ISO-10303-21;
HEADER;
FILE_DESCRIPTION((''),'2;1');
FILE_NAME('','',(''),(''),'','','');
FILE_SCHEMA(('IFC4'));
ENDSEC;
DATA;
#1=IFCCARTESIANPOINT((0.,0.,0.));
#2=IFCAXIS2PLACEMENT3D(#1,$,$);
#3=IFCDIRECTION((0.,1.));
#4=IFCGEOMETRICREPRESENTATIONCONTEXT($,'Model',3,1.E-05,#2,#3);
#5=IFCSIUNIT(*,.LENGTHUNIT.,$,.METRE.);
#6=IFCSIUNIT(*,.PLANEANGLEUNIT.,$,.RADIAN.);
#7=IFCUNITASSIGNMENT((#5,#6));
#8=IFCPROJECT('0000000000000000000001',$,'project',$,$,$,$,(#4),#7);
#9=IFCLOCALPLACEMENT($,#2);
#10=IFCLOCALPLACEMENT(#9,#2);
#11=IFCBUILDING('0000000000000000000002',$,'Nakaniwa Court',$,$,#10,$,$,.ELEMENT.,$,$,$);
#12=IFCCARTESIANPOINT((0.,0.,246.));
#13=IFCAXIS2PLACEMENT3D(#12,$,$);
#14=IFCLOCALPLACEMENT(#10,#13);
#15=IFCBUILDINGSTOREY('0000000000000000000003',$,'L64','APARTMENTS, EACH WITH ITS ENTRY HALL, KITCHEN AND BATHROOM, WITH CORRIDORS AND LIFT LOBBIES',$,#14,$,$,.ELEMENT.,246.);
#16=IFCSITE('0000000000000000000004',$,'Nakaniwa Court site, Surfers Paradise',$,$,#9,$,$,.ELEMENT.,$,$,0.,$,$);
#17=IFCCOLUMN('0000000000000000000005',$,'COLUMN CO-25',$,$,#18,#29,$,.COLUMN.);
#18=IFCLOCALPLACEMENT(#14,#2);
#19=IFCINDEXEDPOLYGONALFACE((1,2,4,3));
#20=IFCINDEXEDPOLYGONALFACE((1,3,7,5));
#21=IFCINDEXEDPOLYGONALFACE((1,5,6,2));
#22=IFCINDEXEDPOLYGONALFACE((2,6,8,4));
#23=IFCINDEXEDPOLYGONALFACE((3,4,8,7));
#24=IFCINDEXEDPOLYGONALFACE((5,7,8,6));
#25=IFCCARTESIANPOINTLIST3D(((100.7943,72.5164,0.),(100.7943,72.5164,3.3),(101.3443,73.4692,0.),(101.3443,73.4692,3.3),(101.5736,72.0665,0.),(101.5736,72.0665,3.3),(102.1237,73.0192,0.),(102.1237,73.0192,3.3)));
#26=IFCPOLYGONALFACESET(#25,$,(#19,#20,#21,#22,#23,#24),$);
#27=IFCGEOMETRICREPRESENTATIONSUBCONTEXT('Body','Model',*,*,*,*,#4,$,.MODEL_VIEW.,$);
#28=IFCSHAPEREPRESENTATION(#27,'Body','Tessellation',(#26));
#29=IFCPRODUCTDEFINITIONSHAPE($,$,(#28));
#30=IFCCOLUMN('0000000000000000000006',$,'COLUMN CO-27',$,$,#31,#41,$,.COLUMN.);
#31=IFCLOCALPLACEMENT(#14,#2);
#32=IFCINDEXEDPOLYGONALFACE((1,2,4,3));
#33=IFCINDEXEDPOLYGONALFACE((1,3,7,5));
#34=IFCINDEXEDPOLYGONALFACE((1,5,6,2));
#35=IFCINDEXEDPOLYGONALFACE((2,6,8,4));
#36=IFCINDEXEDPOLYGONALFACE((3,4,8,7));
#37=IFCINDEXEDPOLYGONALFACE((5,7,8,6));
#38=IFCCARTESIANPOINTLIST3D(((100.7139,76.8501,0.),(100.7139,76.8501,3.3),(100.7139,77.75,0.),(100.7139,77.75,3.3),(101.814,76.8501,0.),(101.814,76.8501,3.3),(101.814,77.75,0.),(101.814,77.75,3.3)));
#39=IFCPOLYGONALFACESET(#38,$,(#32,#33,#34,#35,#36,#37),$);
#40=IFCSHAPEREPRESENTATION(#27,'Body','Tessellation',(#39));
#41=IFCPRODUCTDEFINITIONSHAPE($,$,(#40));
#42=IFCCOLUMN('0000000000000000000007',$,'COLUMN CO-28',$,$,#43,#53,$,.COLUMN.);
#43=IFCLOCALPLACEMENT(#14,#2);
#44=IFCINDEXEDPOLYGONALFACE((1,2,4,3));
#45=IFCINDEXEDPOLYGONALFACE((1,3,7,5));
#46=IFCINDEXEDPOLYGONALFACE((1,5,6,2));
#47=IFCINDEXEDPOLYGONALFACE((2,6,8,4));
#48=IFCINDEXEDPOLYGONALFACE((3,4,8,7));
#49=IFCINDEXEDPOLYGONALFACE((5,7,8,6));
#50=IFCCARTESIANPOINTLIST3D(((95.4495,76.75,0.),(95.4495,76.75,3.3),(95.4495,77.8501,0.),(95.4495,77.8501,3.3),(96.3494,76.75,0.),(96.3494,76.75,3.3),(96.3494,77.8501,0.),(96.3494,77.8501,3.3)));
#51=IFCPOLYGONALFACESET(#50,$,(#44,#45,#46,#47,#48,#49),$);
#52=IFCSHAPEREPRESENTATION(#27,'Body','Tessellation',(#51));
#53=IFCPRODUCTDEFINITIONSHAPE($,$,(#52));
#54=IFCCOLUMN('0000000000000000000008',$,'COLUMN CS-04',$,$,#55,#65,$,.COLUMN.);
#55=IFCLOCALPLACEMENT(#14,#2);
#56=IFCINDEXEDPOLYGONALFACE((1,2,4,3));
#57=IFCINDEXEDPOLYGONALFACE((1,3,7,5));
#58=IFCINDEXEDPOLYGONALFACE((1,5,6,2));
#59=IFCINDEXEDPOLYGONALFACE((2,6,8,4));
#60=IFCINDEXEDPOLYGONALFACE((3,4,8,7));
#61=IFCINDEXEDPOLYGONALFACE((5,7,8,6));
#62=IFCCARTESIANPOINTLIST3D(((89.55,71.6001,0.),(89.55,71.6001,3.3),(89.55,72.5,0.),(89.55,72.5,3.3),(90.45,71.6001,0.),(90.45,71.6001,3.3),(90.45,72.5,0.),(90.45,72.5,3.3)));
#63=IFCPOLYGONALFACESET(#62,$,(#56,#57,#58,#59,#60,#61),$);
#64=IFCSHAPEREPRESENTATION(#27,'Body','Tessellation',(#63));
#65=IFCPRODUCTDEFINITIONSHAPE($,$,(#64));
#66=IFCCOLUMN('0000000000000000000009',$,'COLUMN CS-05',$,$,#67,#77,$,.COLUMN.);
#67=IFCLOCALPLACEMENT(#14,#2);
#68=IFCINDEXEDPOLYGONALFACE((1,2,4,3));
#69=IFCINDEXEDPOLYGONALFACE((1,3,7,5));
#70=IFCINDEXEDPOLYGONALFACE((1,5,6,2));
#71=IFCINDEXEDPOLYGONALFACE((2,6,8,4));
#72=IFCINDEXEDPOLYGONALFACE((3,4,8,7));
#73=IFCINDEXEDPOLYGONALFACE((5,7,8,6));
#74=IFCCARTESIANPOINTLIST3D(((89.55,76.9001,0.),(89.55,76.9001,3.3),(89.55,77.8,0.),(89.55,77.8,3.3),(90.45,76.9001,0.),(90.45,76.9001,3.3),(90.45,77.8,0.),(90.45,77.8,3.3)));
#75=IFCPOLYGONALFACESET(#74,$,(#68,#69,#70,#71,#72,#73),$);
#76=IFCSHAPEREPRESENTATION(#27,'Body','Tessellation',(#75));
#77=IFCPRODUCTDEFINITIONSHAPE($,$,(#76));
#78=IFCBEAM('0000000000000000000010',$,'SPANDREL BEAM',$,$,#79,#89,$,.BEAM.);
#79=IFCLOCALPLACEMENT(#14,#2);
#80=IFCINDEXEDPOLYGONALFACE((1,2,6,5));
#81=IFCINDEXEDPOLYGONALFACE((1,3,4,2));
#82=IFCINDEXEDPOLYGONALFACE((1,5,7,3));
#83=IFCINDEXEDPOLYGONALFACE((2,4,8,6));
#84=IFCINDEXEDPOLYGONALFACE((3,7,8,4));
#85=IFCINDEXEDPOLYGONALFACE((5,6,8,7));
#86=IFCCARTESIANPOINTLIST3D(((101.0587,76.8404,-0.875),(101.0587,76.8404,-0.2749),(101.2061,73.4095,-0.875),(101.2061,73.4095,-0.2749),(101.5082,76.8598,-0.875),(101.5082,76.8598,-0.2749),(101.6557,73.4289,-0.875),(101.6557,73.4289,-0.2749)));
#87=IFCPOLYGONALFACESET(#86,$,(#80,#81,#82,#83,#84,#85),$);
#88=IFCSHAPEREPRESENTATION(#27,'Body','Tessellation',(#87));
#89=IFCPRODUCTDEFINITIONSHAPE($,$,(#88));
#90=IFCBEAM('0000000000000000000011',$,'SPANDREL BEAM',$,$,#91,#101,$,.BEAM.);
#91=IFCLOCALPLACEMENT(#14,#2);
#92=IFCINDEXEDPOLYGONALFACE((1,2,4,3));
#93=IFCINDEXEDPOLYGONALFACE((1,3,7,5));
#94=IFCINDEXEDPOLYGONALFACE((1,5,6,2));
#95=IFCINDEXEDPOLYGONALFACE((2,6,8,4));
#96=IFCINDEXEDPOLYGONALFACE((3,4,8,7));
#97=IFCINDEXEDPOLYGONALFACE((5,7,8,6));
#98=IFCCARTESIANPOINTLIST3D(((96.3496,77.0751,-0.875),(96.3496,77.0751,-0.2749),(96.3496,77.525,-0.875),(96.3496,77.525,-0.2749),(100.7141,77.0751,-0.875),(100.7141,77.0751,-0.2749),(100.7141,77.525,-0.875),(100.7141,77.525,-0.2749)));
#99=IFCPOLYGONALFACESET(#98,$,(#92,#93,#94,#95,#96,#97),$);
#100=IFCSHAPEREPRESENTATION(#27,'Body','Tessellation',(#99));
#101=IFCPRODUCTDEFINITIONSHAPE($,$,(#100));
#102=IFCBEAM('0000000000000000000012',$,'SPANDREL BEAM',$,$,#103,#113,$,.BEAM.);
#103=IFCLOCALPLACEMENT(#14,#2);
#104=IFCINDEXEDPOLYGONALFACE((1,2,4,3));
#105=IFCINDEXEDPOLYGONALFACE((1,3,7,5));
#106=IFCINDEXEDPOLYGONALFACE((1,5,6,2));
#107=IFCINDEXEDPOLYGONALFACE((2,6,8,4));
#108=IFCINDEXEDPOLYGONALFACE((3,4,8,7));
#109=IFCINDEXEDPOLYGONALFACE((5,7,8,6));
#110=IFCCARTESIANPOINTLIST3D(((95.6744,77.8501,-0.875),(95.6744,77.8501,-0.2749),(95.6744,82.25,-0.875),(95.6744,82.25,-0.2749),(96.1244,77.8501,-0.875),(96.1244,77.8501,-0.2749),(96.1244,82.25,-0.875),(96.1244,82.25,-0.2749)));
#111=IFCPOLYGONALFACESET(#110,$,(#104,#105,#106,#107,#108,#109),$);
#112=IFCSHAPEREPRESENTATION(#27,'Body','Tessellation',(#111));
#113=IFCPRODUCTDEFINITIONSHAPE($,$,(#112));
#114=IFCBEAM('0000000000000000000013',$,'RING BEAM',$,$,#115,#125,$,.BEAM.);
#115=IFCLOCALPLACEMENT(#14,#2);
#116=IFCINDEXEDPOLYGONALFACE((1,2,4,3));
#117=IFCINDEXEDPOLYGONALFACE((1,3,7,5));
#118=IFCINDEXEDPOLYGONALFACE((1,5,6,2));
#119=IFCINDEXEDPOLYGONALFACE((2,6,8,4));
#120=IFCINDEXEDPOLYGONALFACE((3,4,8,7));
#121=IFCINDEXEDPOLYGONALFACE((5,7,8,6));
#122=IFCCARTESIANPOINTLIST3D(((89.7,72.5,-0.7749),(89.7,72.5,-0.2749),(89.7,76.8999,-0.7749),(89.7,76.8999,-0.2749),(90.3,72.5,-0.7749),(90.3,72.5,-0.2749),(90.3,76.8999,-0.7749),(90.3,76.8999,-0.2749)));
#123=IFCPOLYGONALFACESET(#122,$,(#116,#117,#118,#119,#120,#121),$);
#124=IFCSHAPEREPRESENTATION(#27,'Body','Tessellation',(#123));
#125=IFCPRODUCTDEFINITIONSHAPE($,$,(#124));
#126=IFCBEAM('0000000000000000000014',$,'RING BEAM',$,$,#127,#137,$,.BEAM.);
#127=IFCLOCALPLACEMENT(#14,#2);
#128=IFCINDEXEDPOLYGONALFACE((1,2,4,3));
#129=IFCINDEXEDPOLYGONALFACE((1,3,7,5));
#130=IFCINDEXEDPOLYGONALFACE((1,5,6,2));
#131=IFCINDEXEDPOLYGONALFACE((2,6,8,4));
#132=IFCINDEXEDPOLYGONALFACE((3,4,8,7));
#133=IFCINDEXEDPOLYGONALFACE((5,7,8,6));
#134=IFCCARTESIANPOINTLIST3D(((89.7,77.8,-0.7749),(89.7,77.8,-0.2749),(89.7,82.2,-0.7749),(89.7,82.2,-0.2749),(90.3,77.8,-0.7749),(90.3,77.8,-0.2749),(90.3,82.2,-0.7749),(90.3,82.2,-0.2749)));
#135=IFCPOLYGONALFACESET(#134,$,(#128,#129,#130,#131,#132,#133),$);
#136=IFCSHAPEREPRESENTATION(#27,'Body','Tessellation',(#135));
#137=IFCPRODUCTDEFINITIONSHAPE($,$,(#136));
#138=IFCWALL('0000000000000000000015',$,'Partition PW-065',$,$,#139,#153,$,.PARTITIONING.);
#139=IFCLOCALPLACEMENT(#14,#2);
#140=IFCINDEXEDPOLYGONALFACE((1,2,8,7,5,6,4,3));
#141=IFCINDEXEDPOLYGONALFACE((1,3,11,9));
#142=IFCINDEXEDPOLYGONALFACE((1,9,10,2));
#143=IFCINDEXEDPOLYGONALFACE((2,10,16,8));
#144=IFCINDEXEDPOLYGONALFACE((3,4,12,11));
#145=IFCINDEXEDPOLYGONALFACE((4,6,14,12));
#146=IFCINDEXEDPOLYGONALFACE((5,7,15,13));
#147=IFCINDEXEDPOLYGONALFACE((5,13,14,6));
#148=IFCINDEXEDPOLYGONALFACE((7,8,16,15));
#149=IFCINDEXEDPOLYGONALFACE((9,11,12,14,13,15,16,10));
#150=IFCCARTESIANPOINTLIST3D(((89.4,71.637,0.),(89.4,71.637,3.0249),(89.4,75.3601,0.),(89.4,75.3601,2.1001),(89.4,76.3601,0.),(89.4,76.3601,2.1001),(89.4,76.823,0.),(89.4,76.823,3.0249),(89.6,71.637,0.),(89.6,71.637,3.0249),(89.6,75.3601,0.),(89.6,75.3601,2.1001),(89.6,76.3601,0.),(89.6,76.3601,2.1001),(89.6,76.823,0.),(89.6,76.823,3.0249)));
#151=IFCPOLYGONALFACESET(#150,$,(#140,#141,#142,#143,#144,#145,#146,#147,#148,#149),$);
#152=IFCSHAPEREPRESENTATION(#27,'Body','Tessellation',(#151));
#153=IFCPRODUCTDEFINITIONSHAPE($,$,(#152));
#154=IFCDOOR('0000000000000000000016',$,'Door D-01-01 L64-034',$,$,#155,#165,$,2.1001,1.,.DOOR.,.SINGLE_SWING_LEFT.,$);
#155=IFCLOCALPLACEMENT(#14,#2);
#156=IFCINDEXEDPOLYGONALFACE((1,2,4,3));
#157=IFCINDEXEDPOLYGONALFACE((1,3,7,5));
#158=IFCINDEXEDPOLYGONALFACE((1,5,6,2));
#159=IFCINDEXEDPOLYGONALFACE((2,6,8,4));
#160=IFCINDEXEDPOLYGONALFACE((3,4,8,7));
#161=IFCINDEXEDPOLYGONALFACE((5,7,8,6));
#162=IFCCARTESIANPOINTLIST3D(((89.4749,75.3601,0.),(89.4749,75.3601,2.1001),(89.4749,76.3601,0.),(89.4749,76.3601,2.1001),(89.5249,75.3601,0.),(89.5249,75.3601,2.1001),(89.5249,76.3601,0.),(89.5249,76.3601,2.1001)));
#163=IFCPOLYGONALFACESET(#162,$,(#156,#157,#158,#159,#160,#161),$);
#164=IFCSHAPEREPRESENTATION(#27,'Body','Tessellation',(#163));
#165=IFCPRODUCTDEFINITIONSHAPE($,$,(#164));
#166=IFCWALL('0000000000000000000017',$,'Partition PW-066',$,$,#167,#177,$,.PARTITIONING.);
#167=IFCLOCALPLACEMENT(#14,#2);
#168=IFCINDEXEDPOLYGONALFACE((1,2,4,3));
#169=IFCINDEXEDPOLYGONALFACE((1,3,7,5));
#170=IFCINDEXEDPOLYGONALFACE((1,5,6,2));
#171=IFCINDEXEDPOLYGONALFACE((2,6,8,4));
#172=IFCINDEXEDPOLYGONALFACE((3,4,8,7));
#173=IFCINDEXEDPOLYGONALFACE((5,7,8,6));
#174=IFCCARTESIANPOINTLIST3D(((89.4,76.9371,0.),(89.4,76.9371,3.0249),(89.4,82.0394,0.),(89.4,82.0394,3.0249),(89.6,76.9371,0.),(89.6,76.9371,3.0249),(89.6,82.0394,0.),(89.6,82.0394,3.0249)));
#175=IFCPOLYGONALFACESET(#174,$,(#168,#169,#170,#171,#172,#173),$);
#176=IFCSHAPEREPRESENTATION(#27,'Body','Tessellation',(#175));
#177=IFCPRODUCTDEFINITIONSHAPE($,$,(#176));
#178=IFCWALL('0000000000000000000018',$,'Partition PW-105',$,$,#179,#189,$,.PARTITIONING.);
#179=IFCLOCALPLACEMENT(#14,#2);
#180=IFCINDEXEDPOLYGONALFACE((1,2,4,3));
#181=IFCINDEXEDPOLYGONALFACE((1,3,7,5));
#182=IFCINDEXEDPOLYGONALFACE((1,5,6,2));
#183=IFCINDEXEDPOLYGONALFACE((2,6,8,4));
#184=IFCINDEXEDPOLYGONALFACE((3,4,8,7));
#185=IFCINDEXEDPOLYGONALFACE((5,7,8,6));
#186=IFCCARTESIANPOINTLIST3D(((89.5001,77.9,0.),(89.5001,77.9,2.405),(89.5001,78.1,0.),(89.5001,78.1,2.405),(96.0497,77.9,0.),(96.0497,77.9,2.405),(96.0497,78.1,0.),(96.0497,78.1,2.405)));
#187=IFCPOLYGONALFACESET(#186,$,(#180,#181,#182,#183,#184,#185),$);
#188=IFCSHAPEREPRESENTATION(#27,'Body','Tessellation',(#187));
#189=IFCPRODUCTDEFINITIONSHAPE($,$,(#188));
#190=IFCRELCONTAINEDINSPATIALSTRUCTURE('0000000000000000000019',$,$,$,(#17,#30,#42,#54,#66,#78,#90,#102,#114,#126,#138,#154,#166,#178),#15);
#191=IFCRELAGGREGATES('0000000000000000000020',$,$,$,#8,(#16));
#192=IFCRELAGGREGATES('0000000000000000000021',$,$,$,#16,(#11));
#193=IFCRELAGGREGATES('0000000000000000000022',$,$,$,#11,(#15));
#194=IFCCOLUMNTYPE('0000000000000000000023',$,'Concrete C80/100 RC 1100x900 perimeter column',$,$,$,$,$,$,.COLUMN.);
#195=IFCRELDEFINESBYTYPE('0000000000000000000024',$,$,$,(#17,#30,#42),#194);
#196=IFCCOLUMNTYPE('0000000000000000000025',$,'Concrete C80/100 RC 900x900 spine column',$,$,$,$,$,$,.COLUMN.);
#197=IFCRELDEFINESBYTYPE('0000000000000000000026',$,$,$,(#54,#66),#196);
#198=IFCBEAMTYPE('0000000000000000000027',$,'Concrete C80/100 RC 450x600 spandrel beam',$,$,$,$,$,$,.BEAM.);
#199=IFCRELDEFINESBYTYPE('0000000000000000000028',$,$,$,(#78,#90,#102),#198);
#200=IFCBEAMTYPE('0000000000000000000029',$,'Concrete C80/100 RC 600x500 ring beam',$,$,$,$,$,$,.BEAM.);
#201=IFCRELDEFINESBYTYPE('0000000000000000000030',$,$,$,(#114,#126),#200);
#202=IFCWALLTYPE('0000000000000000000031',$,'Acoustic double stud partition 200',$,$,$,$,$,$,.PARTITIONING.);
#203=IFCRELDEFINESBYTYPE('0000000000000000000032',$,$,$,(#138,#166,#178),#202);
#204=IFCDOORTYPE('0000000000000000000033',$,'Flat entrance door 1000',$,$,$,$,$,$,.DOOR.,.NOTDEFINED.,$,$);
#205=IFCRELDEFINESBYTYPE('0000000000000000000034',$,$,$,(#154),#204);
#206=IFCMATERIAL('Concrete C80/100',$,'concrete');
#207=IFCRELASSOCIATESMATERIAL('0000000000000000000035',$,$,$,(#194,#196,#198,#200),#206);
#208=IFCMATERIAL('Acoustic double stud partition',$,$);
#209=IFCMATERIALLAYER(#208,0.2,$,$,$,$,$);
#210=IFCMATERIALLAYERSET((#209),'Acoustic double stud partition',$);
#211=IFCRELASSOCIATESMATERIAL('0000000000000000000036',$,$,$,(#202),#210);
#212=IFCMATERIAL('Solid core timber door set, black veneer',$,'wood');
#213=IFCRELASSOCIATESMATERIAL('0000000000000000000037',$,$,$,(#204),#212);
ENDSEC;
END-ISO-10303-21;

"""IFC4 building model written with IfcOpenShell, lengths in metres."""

from ifc_helpers import new_model, si_unit, direction, frame, frame_2d, origin, origin_2d, place, context, subcontext, project, spatial, rectangle, extrude, material, layer, layer_set, material_profile, profile_set, type_object, element, fill, save


model = new_model("IFC4")

# Units and contexts
model_context = context("Model", 3, precision=1e-05, world=origin(), true_north=direction((0.0, 1.0)))
body_context = subcontext(model_context, "Body", "Model", "MODEL_VIEW")
ifc_project = project(units=[si_unit("LENGTHUNIT", "METRE"), si_unit("PLANEANGLEUNIT", "RADIAN")], contexts=[model_context])

# Site, building, storey
site_placement = place(None, origin())
site = spatial("IfcSite", under=ifc_project, at=site_placement, Name="Nakaniwa Court site, Surfers Paradise", CompositionType="ELEMENT", RefElevation=0.0)
building_placement = place(site_placement, origin())
building = spatial("IfcBuilding", under=site, at=building_placement, Name="Nakaniwa Court", CompositionType="ELEMENT")
storey_placement = place(building_placement, frame((0.0, 0.0, 246.0)))
storey = spatial("IfcBuildingStorey", under=building, at=storey_placement, Name="L64", Description="APARTMENTS, EACH WITH ITS ENTRY HALL, KITCHEN AND BATHROOM, WITH CORRIDORS AND LIFT LOBBIES", CompositionType="ELEMENT", Elevation=246.0)

# Columns
ifc_material_1 = material(Name="Concrete C80/100", Category="concrete")
ifc_material_profile_1 = material_profile(ifc_material_1, rectangle(XDim=1.1001, YDim=0.8999, at=origin_2d()), Name="Concrete C80/100 RC 1100x900 perimeter column")
ifc_profile_set_1 = profile_set([ifc_material_profile_1], Name="Concrete C80/100")
column_type_1 = type_object("IfcColumnType", Name="Concrete C80/100 RC 1100x900 perimeter column", PredefinedType="COLUMN", material=ifc_profile_set_1)
for number, where, z_axis, x_axis, name in (
    (1, (101.459, 72.7678, 0.0), (0.0, 0.0, 1.0), (0.5, 0.866025, 0.0), "COLUMN CO-25"),
    (2, (101.2639, 77.3, 0.0), (0.0, 0.0, 1.0), (-1.0, 0.0, 0.0), "COLUMN CO-27"),
    (3, (95.8994, 77.3, 0.0), (0.0, 0.0, 1.0), (0.0, 1.0, 0.0), "COLUMN CO-28"),
):
    element("IfcColumn", number, at=place(storey_placement, frame(where, z_axis=z_axis, x_axis=x_axis)), inside=storey, type_object=column_type_1, Name=name, PredefinedType="COLUMN", context=body_context, shape_type="SweptSolid", body=[
        extrude(rectangle(XDim=1.1001, YDim=0.8999, at=origin_2d()), origin(), (0.0, 0.0, 1.0), 3.3),
    ])
ifc_material_profile_2 = material_profile(ifc_material_1, rectangle(XDim=0.8999, YDim=0.8999, at=origin_2d()), Name="Concrete C80/100 RC 900x900 spine column")
ifc_profile_set_2 = profile_set([ifc_material_profile_2], Name="Concrete C80/100")
column_type_2 = type_object("IfcColumnType", Name="Concrete C80/100 RC 900x900 spine column", PredefinedType="COLUMN", material=ifc_profile_set_2)
for number, where, z_axis, x_axis, name in (
    (4, (90.0, 72.05, 0.0), (0.0, 0.0, 1.0), (0.0, 1.0, 0.0), "COLUMN CS-04"),
    (5, (90.0, 77.3501, 0.0), (0.0, 0.0, 1.0), (0.0, 1.0, 0.0), "COLUMN CS-05"),
):
    element("IfcColumn", number, at=place(storey_placement, frame(where, z_axis=z_axis, x_axis=x_axis)), inside=storey, type_object=column_type_2, Name=name, PredefinedType="COLUMN", context=body_context, shape_type="SweptSolid", body=[
        extrude(rectangle(XDim=0.8999, YDim=0.8999, at=origin_2d()), origin(), (0.0, 0.0, 1.0), 3.3),
    ])

# Beams
ifc_material_profile_3 = material_profile(ifc_material_1, rectangle(XDim=0.45, YDim=0.6001, at=origin_2d()), Name="Concrete C80/100 RC 450x600 spandrel beam")
ifc_profile_set_3 = profile_set([ifc_material_profile_3], Name="Concrete C80/100")
beam_type_1 = type_object("IfcBeamType", Name="Concrete C80/100 RC 450x600 spandrel beam", PredefinedType="BEAM", material=ifc_profile_set_3)
beam_1_placement = place(storey_placement, frame((101.4309, 73.4192, -0.575), z_axis=(-0.042941, 0.999078, 0.0), x_axis=(-0.999078, -0.042941, 0.0)))
element("IfcBeam", 6, at=beam_1_placement, inside=storey, type_object=beam_type_1, Name="SPANDREL BEAM", PredefinedType="BEAM", context=body_context, shape_type="SweptSolid", body=[
    extrude(rectangle(XDim=0.45, YDim=0.6001, at=origin_2d()), origin(), (0.0, 0.0, 1.0), 3.4341),
])
beam_2_placement = place(storey_placement, frame((100.7141, 77.3, -0.575), z_axis=(-1.0, 0.0, 0.0), x_axis=(0.0, -1.0, 0.0)))
element("IfcBeam", 7, at=beam_2_placement, inside=storey, type_object=beam_type_1, Name="SPANDREL BEAM", PredefinedType="BEAM", context=body_context, shape_type="SweptSolid", body=[
    extrude(rectangle(XDim=0.45, YDim=0.6001, at=origin_2d()), origin(), (0.0, 0.0, 1.0), 4.3645),
])
beam_3_placement = place(storey_placement, frame((95.8994, 77.8501, -0.575), z_axis=(0.0, 1.0, 0.0), x_axis=(-1.0, 0.0, 0.0)))
element("IfcBeam", 8, at=beam_3_placement, inside=storey, type_object=beam_type_1, Name="SPANDREL BEAM", PredefinedType="BEAM", context=body_context, shape_type="SweptSolid", body=[
    extrude(rectangle(XDim=0.45, YDim=0.6001, at=origin_2d()), origin(), (0.0, 0.0, 1.0), 4.3999),
])
ifc_material_profile_4 = material_profile(ifc_material_1, rectangle(XDim=0.6001, YDim=0.5, at=origin_2d()), Name="Concrete C80/100 RC 600x500 ring beam")
ifc_profile_set_4 = profile_set([ifc_material_profile_4], Name="Concrete C80/100")
beam_type_2 = type_object("IfcBeamType", Name="Concrete C80/100 RC 600x500 ring beam", PredefinedType="BEAM", material=ifc_profile_set_4)
for number, where, z_axis, x_axis, name in (
    (9, (90.0, 72.5, -0.5249), (0.0, 1.0, 0.0), (-1.0, 0.0, 0.0), "RING BEAM"),
    (10, (90.0, 77.8, -0.5249), (0.0, 1.0, 0.0), (-1.0, 0.0, 0.0), "RING BEAM"),
):
    element("IfcBeam", number, at=place(storey_placement, frame(where, z_axis=z_axis, x_axis=x_axis)), inside=storey, type_object=beam_type_2, Name=name, PredefinedType="BEAM", context=body_context, shape_type="SweptSolid", body=[
        extrude(rectangle(XDim=0.6001, YDim=0.5, at=origin_2d()), origin(), (0.0, 0.0, 1.0), 4.3999),
    ])

# Wall, opening, door
ifc_material_2 = material(Name="Acoustic double stud partition")
ifc_layer_1 = layer(ifc_material_2, 0.2)
ifc_layer_set_1 = layer_set([ifc_layer_1], Name="Acoustic double stud partition")
wall_type_1 = type_object("IfcWallType", Name="Acoustic double stud partition 200", PredefinedType="PARTITIONING", material=ifc_layer_set_1)
wall_1_placement = place(storey_placement, frame((89.5, 76.823, 0.0), z_axis=(0.0, 0.0, 1.0), x_axis=(0.0, -1.0, 0.0)))
wall_1 = element("IfcWall", 11, at=wall_1_placement, inside=storey, type_object=wall_type_1, Name="Partition PW-065", PredefinedType="PARTITIONING", context=body_context, shape_type="SweptSolid", body=[
    extrude(rectangle(XDim=5.186, YDim=0.2, at=frame_2d((2.593, 0.0))), origin(), (0.0, 0.0, 1.0), 3.0249),
])
opening_1_placement = place(wall_1_placement, frame((0.4629, 0.0, 0.0)))
opening_1 = element("IfcOpeningElement", 12, at=opening_1_placement, cuts=wall_1, PredefinedType="OPENING", context=body_context, shape_type="SweptSolid", body=[
    extrude(rectangle(XDim=1.0, YDim=2.1001, at=frame_2d((0.5, 1.05))), frame((0.0, 0.1099, 0.0), z_axis=(0.0, -1.0, 0.0), x_axis=(1.0, 0.0, 0.0)), (0.0, 0.0, 1.0), 0.22),
])
ifc_material_3 = material(Name="Solid core timber door set, black veneer", Category="wood")
door_type_1 = type_object("IfcDoorType", Name="Flat entrance door 1000", OperationType="NOTDEFINED", PredefinedType="DOOR", material=ifc_material_3)
door_1_placement = place(opening_1_placement, origin())
door_1 = element("IfcDoor", 13, at=door_1_placement, inside=storey, type_object=door_type_1, Name="Door D-01-01 L64-034", OperationType="SINGLE_SWING_LEFT", OverallHeight=2.1001, OverallWidth=1.0, PredefinedType="DOOR", context=body_context, shape_type="SweptSolid", body=[
    extrude(rectangle(XDim=1.0, YDim=2.1001, at=frame_2d((0.5, 1.05))), frame((0.0, 0.0249, 0.0), z_axis=(0.0, -1.0, 0.0), x_axis=(1.0, 0.0, 0.0)), (0.0, 0.0, 1.0), 0.05),
])
fill(opening_1, door_1)

# Walls
wall_2_placement = place(storey_placement, frame((89.5, 76.937, 0.0), z_axis=(0.0, 0.0, 1.0), x_axis=(0.0, 1.0, 0.0)))
element("IfcWall", 14, at=wall_2_placement, inside=storey, type_object=wall_type_1, Name="Partition PW-066", PredefinedType="PARTITIONING", context=body_context, shape_type="SweptSolid", body=[
    extrude(rectangle(XDim=5.1023, YDim=0.2, at=frame_2d((2.5513, 0.0))), origin(), (0.0, 0.0, 1.0), 3.0249),
])
wall_3_placement = place(storey_placement, frame((89.5, 78.0, 0.0), z_axis=(0.0, 0.0, 1.0), x_axis=(1.0, 0.0, 0.0)))
element("IfcWall", 15, at=wall_3_placement, inside=storey, type_object=wall_type_1, Name="Partition PW-105", PredefinedType="PARTITIONING", context=body_context, shape_type="SweptSolid", body=[
    extrude(rectangle(XDim=6.5496, YDim=0.2, at=frame_2d((3.2749, 0.0))), origin(), (0.0, 0.0, 1.0), 2.405),
])

save(model, "model.ifc")
